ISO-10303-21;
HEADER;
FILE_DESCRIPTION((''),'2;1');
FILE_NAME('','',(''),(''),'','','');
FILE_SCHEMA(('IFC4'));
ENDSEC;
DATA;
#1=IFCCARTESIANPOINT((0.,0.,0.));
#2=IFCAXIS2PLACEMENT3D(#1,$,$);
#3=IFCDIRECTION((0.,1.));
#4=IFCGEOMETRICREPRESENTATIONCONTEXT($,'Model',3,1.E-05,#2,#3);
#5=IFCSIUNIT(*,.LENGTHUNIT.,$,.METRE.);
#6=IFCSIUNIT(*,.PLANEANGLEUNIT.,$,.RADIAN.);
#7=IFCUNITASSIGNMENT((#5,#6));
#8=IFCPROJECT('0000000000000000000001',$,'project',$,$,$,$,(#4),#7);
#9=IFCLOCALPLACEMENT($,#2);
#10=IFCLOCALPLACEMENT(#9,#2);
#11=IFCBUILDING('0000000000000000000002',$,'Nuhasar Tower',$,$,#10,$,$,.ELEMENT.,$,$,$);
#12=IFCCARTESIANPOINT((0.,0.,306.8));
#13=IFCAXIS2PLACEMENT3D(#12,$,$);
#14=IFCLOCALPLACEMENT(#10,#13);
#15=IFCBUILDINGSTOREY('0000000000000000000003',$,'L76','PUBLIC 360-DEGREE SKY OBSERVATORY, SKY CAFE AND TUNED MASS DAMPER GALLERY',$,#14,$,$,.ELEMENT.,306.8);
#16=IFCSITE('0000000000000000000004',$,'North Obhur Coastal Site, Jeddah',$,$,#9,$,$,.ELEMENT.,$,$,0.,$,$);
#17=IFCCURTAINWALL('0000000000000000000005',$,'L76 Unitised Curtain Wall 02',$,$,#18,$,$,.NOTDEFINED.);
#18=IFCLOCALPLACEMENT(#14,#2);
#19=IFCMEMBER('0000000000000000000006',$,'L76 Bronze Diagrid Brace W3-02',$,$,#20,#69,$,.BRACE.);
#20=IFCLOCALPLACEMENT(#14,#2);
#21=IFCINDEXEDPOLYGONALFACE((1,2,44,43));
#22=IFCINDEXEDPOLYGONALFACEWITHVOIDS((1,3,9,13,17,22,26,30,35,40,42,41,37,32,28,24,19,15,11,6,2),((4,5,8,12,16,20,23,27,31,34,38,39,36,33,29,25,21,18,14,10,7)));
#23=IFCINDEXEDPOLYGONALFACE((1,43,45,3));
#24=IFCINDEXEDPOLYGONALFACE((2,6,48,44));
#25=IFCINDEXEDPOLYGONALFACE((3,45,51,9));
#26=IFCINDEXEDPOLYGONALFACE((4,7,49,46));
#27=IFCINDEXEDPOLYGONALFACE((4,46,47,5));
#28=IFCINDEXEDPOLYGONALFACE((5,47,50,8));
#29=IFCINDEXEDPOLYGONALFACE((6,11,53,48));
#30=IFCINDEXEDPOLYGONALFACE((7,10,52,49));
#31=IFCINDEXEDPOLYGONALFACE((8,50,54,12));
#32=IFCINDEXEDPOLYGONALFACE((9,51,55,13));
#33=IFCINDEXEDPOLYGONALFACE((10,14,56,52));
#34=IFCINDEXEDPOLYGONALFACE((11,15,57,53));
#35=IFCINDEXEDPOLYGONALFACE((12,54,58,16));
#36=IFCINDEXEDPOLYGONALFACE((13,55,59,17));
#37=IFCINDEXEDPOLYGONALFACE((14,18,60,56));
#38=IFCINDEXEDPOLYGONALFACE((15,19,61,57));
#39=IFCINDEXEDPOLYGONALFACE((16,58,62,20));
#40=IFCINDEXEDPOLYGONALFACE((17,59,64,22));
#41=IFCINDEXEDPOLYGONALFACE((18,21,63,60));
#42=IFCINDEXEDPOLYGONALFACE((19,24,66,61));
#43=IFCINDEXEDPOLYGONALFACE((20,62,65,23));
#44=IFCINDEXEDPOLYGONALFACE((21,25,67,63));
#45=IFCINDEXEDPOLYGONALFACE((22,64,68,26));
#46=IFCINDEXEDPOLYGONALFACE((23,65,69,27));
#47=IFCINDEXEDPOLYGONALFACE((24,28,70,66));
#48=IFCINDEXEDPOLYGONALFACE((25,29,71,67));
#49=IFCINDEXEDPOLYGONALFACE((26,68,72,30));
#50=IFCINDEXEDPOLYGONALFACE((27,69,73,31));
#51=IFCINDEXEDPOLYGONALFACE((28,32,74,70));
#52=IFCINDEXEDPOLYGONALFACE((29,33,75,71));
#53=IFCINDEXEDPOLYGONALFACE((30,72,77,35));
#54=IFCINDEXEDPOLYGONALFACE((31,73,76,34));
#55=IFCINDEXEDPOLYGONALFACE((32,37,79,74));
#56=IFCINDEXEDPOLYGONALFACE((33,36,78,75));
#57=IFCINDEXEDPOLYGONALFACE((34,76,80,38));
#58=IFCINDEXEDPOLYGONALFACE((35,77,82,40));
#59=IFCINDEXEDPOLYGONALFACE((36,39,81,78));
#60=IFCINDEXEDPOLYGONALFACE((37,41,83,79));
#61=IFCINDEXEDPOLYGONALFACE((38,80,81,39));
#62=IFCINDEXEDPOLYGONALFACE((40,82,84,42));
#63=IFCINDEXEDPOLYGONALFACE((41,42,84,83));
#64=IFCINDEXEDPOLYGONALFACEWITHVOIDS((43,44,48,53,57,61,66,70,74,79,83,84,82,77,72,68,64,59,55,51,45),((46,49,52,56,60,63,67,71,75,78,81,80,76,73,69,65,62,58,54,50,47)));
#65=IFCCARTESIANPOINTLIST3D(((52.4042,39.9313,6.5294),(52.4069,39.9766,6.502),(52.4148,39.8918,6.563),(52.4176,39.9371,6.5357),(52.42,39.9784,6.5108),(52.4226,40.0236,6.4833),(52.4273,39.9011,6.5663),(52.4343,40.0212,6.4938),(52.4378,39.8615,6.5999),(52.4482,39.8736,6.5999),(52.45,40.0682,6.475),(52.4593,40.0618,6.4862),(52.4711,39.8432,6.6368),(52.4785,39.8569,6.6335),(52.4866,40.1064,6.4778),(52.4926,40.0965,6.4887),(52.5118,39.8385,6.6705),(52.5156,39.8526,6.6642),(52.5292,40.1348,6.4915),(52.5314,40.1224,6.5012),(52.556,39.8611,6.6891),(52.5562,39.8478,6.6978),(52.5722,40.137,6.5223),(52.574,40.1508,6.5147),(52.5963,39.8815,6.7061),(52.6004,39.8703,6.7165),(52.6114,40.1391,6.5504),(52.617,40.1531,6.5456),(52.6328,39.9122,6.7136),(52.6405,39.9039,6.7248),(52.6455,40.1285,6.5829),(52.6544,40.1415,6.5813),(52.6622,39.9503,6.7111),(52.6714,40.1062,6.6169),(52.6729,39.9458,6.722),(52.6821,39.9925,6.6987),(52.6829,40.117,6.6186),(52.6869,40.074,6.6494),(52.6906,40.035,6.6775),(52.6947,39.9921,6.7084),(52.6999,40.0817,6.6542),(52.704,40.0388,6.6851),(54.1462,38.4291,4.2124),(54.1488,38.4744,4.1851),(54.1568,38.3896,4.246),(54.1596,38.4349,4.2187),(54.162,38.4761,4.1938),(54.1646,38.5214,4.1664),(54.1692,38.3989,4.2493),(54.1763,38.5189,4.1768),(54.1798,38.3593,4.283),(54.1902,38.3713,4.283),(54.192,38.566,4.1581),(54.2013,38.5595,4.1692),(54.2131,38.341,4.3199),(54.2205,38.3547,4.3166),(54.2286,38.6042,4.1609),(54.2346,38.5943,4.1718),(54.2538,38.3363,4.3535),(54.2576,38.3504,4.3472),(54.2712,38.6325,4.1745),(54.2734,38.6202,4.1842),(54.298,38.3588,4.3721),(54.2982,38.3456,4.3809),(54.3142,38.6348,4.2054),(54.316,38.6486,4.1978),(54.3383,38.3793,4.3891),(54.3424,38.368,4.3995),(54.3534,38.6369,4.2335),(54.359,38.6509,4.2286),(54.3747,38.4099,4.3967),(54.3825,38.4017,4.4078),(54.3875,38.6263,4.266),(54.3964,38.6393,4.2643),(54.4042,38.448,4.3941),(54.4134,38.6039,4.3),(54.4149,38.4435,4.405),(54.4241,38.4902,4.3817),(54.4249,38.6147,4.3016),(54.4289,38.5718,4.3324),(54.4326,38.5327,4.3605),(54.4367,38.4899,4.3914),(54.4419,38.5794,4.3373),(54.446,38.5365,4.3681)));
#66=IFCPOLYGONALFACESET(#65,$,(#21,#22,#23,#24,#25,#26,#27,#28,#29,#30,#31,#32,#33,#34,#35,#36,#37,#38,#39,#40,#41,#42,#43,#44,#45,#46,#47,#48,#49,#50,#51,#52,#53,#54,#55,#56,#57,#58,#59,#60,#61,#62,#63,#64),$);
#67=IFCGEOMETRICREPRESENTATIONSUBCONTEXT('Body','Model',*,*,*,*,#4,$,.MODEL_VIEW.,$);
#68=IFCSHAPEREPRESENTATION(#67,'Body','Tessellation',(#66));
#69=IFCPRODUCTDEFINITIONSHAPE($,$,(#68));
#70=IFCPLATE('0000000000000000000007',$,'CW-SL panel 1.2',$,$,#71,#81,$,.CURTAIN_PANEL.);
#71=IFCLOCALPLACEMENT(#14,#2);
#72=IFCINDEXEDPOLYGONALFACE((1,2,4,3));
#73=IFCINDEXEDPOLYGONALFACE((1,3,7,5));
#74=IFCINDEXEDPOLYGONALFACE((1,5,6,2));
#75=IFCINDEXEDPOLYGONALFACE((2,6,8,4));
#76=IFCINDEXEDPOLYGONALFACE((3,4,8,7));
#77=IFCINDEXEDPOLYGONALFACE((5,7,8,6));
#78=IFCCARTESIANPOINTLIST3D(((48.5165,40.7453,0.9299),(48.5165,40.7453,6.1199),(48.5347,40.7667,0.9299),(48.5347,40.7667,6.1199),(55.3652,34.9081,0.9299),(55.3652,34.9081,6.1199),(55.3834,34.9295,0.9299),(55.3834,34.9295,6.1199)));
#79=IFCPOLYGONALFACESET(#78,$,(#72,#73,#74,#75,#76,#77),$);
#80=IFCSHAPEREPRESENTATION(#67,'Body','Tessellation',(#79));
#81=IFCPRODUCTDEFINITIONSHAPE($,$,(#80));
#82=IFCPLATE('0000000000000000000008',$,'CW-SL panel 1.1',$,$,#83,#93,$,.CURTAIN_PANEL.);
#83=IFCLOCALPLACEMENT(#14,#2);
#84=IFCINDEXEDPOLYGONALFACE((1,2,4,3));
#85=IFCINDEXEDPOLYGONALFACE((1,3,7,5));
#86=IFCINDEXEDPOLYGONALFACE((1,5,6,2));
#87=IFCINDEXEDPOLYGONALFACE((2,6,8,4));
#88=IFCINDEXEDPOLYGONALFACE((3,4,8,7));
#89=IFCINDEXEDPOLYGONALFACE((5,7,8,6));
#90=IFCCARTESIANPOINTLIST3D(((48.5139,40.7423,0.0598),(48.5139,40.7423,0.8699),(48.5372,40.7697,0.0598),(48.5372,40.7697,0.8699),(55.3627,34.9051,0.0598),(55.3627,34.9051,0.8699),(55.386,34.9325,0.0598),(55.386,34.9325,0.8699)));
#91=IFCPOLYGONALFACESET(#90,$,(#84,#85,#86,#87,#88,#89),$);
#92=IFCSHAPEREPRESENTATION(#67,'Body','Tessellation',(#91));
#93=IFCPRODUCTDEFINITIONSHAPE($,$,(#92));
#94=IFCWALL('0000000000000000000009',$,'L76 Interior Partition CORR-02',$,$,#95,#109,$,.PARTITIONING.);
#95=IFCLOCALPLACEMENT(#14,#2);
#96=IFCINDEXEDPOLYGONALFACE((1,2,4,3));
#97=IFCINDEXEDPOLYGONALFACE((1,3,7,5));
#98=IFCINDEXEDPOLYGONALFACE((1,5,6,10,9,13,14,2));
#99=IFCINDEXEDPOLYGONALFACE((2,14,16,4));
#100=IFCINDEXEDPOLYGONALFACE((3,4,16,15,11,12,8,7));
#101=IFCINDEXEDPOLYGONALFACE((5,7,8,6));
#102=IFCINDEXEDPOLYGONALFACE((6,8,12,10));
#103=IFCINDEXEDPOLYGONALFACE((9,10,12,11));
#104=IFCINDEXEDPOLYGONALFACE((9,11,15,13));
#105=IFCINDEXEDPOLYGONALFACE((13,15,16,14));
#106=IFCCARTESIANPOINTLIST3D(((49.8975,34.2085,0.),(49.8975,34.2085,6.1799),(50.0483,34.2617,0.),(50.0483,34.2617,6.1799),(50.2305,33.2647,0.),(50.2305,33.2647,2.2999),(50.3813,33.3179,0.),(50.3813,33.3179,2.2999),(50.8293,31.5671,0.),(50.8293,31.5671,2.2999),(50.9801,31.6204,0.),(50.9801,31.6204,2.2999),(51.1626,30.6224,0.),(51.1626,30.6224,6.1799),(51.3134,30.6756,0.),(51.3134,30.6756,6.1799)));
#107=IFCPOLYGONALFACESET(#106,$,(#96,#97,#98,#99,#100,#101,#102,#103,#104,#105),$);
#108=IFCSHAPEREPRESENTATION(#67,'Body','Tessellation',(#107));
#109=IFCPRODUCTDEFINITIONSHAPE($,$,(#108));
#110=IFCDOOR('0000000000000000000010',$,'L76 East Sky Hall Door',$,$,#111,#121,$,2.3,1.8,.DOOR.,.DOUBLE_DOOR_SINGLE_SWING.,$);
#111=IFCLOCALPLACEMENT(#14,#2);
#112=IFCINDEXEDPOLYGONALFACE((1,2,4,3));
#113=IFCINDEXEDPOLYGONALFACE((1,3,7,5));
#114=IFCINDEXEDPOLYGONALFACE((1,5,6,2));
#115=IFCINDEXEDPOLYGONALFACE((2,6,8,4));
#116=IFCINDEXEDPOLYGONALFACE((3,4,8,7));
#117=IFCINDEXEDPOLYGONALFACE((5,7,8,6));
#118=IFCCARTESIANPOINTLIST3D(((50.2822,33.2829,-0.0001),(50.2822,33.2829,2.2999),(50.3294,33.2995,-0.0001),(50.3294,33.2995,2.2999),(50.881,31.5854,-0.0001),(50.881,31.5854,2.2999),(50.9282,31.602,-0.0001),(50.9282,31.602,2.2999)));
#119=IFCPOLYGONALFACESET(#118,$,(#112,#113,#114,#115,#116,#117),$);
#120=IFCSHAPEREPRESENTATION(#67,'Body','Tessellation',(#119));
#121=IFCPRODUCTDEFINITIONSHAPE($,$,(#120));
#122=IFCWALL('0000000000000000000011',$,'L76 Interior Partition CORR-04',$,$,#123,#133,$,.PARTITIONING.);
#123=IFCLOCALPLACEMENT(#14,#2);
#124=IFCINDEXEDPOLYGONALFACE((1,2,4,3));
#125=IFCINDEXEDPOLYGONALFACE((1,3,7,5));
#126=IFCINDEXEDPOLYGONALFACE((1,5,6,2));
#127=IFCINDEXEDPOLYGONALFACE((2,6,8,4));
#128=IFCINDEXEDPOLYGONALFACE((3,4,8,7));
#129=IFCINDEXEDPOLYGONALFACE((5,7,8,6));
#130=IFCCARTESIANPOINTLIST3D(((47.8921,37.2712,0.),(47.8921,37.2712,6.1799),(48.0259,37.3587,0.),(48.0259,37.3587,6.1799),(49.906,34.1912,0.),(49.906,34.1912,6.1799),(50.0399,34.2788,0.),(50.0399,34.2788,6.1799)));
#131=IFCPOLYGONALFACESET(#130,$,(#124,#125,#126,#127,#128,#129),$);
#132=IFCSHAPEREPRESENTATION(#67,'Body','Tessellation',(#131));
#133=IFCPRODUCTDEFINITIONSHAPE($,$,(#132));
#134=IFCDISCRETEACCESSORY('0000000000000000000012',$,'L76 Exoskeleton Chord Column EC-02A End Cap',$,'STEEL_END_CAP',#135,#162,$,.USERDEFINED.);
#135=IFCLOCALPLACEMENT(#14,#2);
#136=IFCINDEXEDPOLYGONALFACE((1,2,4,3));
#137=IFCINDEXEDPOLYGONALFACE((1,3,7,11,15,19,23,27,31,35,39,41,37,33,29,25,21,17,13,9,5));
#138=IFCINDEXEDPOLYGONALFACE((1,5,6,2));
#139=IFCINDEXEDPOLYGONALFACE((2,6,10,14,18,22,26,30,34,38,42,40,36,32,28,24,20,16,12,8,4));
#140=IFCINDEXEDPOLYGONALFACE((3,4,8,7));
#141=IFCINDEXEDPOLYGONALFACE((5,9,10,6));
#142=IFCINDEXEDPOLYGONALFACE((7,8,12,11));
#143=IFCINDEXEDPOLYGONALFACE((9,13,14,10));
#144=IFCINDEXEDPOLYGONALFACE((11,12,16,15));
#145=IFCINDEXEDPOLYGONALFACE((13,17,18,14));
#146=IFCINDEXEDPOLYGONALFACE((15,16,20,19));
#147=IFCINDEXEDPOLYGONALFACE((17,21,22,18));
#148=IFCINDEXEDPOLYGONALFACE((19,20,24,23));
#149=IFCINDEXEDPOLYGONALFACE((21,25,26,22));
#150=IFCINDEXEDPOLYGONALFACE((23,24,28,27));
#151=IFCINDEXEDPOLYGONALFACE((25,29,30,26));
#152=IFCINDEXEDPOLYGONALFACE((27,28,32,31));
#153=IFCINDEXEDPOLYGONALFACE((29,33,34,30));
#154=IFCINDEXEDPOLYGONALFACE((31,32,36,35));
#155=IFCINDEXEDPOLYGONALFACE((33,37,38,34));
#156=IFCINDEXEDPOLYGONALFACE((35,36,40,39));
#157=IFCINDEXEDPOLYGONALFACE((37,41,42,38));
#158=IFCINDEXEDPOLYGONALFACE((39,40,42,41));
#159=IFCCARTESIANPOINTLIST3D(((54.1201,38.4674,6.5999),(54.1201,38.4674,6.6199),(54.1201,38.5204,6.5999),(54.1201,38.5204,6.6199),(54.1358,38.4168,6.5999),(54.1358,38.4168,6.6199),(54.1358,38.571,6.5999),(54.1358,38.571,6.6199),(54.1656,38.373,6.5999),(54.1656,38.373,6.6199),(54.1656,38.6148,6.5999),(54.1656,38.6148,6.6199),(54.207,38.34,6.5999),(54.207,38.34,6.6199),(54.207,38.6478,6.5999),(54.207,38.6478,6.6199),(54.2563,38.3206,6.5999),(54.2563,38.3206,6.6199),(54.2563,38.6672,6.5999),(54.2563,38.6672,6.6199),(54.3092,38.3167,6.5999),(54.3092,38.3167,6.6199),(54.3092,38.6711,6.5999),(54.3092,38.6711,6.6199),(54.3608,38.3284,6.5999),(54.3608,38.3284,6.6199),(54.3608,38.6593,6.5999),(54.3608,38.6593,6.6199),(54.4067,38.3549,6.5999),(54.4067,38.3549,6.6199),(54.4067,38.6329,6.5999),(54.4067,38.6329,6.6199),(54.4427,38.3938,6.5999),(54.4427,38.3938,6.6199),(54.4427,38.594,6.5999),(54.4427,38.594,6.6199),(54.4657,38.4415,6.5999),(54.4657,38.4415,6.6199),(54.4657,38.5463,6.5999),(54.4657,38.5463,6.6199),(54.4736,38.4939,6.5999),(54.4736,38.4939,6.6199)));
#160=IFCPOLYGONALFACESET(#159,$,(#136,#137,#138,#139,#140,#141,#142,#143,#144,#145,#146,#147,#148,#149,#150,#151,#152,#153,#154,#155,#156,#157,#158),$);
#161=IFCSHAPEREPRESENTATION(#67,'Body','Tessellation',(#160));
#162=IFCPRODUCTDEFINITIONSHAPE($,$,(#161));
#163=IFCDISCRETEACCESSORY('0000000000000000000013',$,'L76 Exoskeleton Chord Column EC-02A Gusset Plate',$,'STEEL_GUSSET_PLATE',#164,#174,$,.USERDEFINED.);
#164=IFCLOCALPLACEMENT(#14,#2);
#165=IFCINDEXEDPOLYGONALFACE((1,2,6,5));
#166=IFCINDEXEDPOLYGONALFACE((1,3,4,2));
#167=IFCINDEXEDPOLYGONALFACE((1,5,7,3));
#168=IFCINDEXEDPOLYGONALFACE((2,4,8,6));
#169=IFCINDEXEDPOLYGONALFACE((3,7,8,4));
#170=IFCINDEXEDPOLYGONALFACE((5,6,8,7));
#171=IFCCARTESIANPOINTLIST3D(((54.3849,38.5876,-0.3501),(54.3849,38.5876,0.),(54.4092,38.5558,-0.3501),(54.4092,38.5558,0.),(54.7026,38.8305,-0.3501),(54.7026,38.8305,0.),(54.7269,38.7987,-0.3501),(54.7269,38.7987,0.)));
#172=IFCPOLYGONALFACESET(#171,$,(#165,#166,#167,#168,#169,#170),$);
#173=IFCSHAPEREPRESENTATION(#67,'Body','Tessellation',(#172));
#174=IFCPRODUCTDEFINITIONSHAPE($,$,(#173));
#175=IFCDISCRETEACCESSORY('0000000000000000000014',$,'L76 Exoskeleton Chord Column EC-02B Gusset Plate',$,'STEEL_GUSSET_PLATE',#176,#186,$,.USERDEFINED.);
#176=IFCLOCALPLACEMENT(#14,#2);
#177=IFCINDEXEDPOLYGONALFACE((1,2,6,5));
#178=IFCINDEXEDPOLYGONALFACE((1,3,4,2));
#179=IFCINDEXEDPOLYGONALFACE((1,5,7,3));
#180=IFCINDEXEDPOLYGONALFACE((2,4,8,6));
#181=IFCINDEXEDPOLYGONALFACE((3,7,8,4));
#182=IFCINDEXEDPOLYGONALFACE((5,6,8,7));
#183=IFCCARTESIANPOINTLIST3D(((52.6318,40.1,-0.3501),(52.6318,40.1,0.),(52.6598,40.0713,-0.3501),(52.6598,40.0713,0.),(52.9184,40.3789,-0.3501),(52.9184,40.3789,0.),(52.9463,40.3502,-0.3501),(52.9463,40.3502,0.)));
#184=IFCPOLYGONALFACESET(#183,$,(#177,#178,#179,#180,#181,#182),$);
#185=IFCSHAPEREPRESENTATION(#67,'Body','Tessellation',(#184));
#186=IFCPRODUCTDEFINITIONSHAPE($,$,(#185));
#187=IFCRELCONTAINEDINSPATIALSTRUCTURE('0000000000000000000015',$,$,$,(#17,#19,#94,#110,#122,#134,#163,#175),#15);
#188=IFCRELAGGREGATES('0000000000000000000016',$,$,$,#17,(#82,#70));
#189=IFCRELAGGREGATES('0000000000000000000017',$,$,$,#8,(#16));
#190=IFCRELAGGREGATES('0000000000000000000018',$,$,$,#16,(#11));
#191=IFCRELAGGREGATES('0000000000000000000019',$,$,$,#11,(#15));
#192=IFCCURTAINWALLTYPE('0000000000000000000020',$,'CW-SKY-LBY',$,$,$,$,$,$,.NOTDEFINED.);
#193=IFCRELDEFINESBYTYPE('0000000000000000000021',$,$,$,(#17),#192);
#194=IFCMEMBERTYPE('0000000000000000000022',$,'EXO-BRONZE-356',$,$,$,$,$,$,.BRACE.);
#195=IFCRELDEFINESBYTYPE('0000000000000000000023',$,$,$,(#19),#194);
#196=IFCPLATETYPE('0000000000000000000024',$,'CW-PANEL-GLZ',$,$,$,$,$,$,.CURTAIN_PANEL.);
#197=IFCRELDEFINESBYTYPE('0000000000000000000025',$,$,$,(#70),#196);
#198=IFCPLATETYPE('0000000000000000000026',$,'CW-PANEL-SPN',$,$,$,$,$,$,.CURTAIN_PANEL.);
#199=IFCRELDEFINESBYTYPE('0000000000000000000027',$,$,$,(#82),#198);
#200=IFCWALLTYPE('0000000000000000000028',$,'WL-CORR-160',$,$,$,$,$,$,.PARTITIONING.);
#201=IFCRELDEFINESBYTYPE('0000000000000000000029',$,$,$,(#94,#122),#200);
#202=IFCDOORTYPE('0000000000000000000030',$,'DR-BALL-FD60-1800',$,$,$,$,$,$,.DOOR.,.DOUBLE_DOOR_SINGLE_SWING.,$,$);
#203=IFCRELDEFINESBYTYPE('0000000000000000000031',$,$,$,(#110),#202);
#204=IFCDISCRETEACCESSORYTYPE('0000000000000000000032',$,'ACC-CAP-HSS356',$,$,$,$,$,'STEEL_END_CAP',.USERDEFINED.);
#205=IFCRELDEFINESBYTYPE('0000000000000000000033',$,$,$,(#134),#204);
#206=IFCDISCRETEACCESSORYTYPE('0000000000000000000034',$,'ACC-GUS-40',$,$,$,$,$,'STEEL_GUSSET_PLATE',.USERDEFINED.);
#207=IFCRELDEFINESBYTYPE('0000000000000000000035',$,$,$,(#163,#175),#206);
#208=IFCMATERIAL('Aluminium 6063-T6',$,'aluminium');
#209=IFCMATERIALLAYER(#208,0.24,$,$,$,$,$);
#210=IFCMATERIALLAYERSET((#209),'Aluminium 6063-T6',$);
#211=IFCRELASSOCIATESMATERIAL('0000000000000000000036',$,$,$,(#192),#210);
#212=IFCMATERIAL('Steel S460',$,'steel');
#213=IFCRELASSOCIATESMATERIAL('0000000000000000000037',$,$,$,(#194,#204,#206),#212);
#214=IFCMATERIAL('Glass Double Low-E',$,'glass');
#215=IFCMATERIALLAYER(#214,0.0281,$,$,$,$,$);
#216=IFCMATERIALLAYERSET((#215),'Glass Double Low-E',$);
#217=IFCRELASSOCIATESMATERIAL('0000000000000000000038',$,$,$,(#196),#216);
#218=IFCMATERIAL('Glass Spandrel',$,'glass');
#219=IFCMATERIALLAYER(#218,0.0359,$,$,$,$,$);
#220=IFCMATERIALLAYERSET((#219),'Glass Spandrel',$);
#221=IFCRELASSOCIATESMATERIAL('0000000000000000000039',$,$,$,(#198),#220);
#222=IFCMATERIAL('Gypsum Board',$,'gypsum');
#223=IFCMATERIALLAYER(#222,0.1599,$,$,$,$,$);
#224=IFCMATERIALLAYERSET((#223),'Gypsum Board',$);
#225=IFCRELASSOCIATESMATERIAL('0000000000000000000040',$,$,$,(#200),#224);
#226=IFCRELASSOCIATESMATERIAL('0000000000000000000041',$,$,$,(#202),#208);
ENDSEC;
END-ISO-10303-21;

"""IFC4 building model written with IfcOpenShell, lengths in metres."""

from ifc_helpers import new_model, si_unit, direction, frame, frame_2d, origin, origin_2d, place, context, subcontext, project, spatial, rectangle, circle, hollow_circle, extrude, material, layer, layer_set, material_profile, profile_set, type_object, element, fill, aggregate, save


model = new_model("IFC4")

# Units and contexts
model_context = context("Model", 3, precision=1e-05, world=origin(), true_north=direction((0.0, 1.0)))
body_context = subcontext(model_context, "Body", "Model", "MODEL_VIEW")
ifc_project = project(units=[si_unit("LENGTHUNIT", "METRE"), si_unit("PLANEANGLEUNIT", "RADIAN")], contexts=[model_context])

# Site, building, storey
site_placement = place(None, origin())
site = spatial("IfcSite", under=ifc_project, at=site_placement, Name="North Obhur Coastal Site, Jeddah", CompositionType="ELEMENT", RefElevation=0.0)
building_placement = place(site_placement, origin())
building = spatial("IfcBuilding", under=site, at=building_placement, Name="Nuhasar Tower", CompositionType="ELEMENT")
storey_placement = place(building_placement, frame((0.0, 0.0, 306.8)))
storey = spatial("IfcBuildingStorey", under=building, at=storey_placement, Name="L76", Description="PUBLIC 360-DEGREE SKY OBSERVATORY, SKY CAFE AND TUNED MASS DAMPER GALLERY", CompositionType="ELEMENT", Elevation=306.8)

# Shared definitions
ifc_material_1 = material(Name="Steel S460", Category="steel")

# Shared definitions
ifc_material_2 = material(Name="Aluminium 6063-T6", Category="aluminium")
ifc_layer_1 = layer(ifc_material_2, 0.24)
ifc_layer_set_1 = layer_set([ifc_layer_1], Name="Aluminium 6063-T6")
curtain_wall_type = type_object("IfcCurtainWallType", Name="CW-SKY-LBY", PredefinedType="NOTDEFINED", material=ifc_layer_set_1)

# Curtain wall
curtain_wall_1_placement = place(storey_placement, origin())
curtain_wall_1 = element("IfcCurtainWall", 1, at=curtain_wall_1_placement, inside=storey, type_object=curtain_wall_type, Name="L76 Unitised Curtain Wall 02", PredefinedType="NOTDEFINED")

# Member
ifc_material_profile_1 = material_profile(ifc_material_1, hollow_circle(Radius=0.1777, WallThickness=0.0159, at=origin_2d()), Name="HSS355.6X15.9")
ifc_profile_set_1 = profile_set([ifc_material_profile_1], Name="Steel S460")
member_type_1 = type_object("IfcMemberType", Name="EXO-BRONZE-356", PredefinedType="BRACE", material=ifc_profile_set_1)
member_1_placement = place(storey_placement, frame((54.2959, 38.4939, 4.283), z_axis=(-0.533552, 0.460118, 0.709657), x_axis=(-0.65307, -0.757298, 0.0)))
element("IfcMember", 2, at=member_1_placement, inside=storey, type_object=member_type_1, Name="L76 Bronze Diagrid Brace W3-02", PredefinedType="BRACE", context=body_context, shape_type="SweptSolid", body=[
    extrude(hollow_circle(Radius=0.1777, WallThickness=0.0159, at=origin_2d()), origin(), (0.0, 0.0, 1.0), 3.2649),
])

# Plates
ifc_material_3 = material(Name="Glass Double Low-E", Category="glass")
ifc_layer_2 = layer(ifc_material_3, 0.0281)
ifc_layer_set_2 = layer_set([ifc_layer_2], Name="Glass Double Low-E")
plate_type_1 = type_object("IfcPlateType", Name="CW-PANEL-GLZ", PredefinedType="CURTAIN_PANEL", material=ifc_layer_set_2)
plate_1_placement = place(storey_placement, frame((51.95, 37.8374, 0.9299), z_axis=(0.0, 0.0, 1.0), x_axis=(-0.761073, 0.648666, 0.0)))
plate_1 = element("IfcPlate", 3, at=plate_1_placement, type_object=plate_type_1, Name="CW-SL panel 1.2", PredefinedType="CURTAIN_PANEL", context=body_context, shape_type="SweptSolid", body=[
    extrude(rectangle(XDim=8.9988, YDim=0.0281, at=origin_2d()), origin(), (0.0, 0.0, 1.0), 5.1899),
])
ifc_material_4 = material(Name="Glass Spandrel", Category="glass")
ifc_layer_3 = layer(ifc_material_4, 0.0359)
ifc_layer_set_3 = layer_set([ifc_layer_3], Name="Glass Spandrel")
plate_type_2 = type_object("IfcPlateType", Name="CW-PANEL-SPN", PredefinedType="CURTAIN_PANEL", material=ifc_layer_set_3)
plate_2_placement = place(storey_placement, frame((51.95, 37.8374, 0.0598), z_axis=(0.0, 0.0, 1.0), x_axis=(-0.761073, 0.648666, 0.0)))
plate_2 = element("IfcPlate", 4, at=plate_2_placement, type_object=plate_type_2, Name="CW-SL panel 1.1", PredefinedType="CURTAIN_PANEL", context=body_context, shape_type="SweptSolid", body=[
    extrude(rectangle(XDim=8.9988, YDim=0.0359, at=origin_2d()), origin(), (0.0, 0.0, 1.0), 0.8101),
])
aggregate(curtain_wall_1, [plate_2, plate_1])

# Wall, opening, door
ifc_material_5 = material(Name="Gypsum Board", Category="gypsum")
ifc_layer_4 = layer(ifc_material_5, 0.1599)
ifc_layer_set_4 = layer_set([ifc_layer_4], Name="Gypsum Board")
wall_type = type_object("IfcWallType", Name="WL-CORR-160", PredefinedType="PARTITIONING", material=ifc_layer_set_4)
wall_1_placement = place(storey_placement, frame((49.9729, 34.2351, 0.0), z_axis=(0.0, 0.0, 1.0), x_axis=(0.332686, -0.943038, 0.0)))
wall_1 = element("IfcWall", 5, at=wall_1_placement, inside=storey, type_object=wall_type, Name="L76 Interior Partition CORR-02", PredefinedType="PARTITIONING", context=body_context, shape_type="SweptSolid", body=[
    extrude(rectangle(XDim=3.8027, YDim=0.1599, at=frame_2d((1.9014, 0.0))), origin(), (0.0, 0.0, 1.0), 6.1799),
])
opening_placement = place(wall_1_placement, frame((1.001, 0.0, 0.0)))
opening = element("IfcOpeningElement", 6, at=opening_placement, cuts=wall_1, PredefinedType="OPENING", context=body_context, shape_type="SweptSolid", body=[
    extrude(rectangle(XDim=1.8, YDim=2.3, at=frame_2d((0.8999, 1.1499))), frame((0.0, 0.0898, 0.0), z_axis=(0.0, -1.0, 0.0), x_axis=(1.0, 0.0, 0.0)), (0.0, 0.0, 1.0), 0.1799),
])
door_type = type_object("IfcDoorType", Name="DR-BALL-FD60-1800", OperationType="DOUBLE_DOOR_SINGLE_SWING", PredefinedType="DOOR", material=ifc_material_2)
door_placement = place(opening_placement, origin())
door = element("IfcDoor", 7, at=door_placement, inside=storey, type_object=door_type, Name="L76 East Sky Hall Door", OperationType="DOUBLE_DOOR_SINGLE_SWING", OverallHeight=2.3, OverallWidth=1.8, PredefinedType="DOOR", context=body_context, shape_type="SweptSolid", body=[
    extrude(rectangle(XDim=1.8, YDim=2.3, at=frame_2d((0.8999, 1.1499))), frame((0.0, 0.0249, 0.0), z_axis=(0.0, -1.0, 0.0), x_axis=(1.0, 0.0, 0.0)), (0.0, 0.0, 1.0), 0.05),
])
fill(opening, door)

# Wall
wall_2_placement = place(storey_placement, frame((49.9729, 34.2351, 0.0), z_axis=(0.0, 0.0, 1.0), x_axis=(-0.547283, 0.836947, 0.0)))
element("IfcWall", 8, at=wall_2_placement, inside=storey, type_object=wall_type, Name="L76 Interior Partition CORR-04", PredefinedType="PARTITIONING", context=body_context, shape_type="SweptSolid", body=[
    extrude(rectangle(XDim=3.6799, YDim=0.1599, at=frame_2d((1.8398, 0.0))), origin(), (0.0, 0.0, 1.0), 6.1799),
])

# Discrete accessories
discrete_accessory_type_1 = type_object("IfcDiscreteAccessoryType", Name="ACC-CAP-HSS356", ElementType="STEEL_END_CAP", PredefinedType="USERDEFINED", material=ifc_material_1)
discrete_accessory_placement = place(storey_placement, frame((54.2959, 38.4939, 6.5999), z_axis=(0.0, 0.0, 1.0), x_axis=(1.0, 0.0, 0.0)))
element("IfcDiscreteAccessory", 9, at=discrete_accessory_placement, inside=storey, type_object=discrete_accessory_type_1, Name="L76 Exoskeleton Chord Column EC-02A End Cap", ObjectType="STEEL_END_CAP", PredefinedType="USERDEFINED", context=body_context, shape_type="SweptSolid", body=[
    extrude(circle(Radius=0.1777, at=origin_2d()), origin(), (0.0, 0.0, 1.0), 0.02),
])
discrete_accessory_type_2 = type_object("IfcDiscreteAccessoryType", Name="ACC-GUS-40", ElementType="STEEL_GUSSET_PLATE", PredefinedType="USERDEFINED", material=ifc_material_1)
for number, where, z_axis, x_axis, name in (
    (10, (54.5559, 38.6931, -0.3501), (0.0, 0.0, 1.0), (0.794436, 0.607348, 0.0), "L76 Exoskeleton Chord Column EC-02A Gusset Plate"),
    (11, (52.7891, 40.2251, -0.3501), (0.0, 0.0, 1.0), (0.716509, 0.697578, 0.0), "L76 Exoskeleton Chord Column EC-02B Gusset Plate"),
):
    element("IfcDiscreteAccessory", number, at=place(storey_placement, frame(where, z_axis=z_axis, x_axis=x_axis)), inside=storey, type_object=discrete_accessory_type_2, Name=name, ObjectType="STEEL_GUSSET_PLATE", PredefinedType="USERDEFINED", context=body_context, shape_type="SweptSolid", body=[
        extrude(rectangle(XDim=0.3999, YDim=0.04, at=origin_2d()), origin(), (0.0, 0.0, 1.0), 0.3501),
    ])

save(model, "model.ifc")
